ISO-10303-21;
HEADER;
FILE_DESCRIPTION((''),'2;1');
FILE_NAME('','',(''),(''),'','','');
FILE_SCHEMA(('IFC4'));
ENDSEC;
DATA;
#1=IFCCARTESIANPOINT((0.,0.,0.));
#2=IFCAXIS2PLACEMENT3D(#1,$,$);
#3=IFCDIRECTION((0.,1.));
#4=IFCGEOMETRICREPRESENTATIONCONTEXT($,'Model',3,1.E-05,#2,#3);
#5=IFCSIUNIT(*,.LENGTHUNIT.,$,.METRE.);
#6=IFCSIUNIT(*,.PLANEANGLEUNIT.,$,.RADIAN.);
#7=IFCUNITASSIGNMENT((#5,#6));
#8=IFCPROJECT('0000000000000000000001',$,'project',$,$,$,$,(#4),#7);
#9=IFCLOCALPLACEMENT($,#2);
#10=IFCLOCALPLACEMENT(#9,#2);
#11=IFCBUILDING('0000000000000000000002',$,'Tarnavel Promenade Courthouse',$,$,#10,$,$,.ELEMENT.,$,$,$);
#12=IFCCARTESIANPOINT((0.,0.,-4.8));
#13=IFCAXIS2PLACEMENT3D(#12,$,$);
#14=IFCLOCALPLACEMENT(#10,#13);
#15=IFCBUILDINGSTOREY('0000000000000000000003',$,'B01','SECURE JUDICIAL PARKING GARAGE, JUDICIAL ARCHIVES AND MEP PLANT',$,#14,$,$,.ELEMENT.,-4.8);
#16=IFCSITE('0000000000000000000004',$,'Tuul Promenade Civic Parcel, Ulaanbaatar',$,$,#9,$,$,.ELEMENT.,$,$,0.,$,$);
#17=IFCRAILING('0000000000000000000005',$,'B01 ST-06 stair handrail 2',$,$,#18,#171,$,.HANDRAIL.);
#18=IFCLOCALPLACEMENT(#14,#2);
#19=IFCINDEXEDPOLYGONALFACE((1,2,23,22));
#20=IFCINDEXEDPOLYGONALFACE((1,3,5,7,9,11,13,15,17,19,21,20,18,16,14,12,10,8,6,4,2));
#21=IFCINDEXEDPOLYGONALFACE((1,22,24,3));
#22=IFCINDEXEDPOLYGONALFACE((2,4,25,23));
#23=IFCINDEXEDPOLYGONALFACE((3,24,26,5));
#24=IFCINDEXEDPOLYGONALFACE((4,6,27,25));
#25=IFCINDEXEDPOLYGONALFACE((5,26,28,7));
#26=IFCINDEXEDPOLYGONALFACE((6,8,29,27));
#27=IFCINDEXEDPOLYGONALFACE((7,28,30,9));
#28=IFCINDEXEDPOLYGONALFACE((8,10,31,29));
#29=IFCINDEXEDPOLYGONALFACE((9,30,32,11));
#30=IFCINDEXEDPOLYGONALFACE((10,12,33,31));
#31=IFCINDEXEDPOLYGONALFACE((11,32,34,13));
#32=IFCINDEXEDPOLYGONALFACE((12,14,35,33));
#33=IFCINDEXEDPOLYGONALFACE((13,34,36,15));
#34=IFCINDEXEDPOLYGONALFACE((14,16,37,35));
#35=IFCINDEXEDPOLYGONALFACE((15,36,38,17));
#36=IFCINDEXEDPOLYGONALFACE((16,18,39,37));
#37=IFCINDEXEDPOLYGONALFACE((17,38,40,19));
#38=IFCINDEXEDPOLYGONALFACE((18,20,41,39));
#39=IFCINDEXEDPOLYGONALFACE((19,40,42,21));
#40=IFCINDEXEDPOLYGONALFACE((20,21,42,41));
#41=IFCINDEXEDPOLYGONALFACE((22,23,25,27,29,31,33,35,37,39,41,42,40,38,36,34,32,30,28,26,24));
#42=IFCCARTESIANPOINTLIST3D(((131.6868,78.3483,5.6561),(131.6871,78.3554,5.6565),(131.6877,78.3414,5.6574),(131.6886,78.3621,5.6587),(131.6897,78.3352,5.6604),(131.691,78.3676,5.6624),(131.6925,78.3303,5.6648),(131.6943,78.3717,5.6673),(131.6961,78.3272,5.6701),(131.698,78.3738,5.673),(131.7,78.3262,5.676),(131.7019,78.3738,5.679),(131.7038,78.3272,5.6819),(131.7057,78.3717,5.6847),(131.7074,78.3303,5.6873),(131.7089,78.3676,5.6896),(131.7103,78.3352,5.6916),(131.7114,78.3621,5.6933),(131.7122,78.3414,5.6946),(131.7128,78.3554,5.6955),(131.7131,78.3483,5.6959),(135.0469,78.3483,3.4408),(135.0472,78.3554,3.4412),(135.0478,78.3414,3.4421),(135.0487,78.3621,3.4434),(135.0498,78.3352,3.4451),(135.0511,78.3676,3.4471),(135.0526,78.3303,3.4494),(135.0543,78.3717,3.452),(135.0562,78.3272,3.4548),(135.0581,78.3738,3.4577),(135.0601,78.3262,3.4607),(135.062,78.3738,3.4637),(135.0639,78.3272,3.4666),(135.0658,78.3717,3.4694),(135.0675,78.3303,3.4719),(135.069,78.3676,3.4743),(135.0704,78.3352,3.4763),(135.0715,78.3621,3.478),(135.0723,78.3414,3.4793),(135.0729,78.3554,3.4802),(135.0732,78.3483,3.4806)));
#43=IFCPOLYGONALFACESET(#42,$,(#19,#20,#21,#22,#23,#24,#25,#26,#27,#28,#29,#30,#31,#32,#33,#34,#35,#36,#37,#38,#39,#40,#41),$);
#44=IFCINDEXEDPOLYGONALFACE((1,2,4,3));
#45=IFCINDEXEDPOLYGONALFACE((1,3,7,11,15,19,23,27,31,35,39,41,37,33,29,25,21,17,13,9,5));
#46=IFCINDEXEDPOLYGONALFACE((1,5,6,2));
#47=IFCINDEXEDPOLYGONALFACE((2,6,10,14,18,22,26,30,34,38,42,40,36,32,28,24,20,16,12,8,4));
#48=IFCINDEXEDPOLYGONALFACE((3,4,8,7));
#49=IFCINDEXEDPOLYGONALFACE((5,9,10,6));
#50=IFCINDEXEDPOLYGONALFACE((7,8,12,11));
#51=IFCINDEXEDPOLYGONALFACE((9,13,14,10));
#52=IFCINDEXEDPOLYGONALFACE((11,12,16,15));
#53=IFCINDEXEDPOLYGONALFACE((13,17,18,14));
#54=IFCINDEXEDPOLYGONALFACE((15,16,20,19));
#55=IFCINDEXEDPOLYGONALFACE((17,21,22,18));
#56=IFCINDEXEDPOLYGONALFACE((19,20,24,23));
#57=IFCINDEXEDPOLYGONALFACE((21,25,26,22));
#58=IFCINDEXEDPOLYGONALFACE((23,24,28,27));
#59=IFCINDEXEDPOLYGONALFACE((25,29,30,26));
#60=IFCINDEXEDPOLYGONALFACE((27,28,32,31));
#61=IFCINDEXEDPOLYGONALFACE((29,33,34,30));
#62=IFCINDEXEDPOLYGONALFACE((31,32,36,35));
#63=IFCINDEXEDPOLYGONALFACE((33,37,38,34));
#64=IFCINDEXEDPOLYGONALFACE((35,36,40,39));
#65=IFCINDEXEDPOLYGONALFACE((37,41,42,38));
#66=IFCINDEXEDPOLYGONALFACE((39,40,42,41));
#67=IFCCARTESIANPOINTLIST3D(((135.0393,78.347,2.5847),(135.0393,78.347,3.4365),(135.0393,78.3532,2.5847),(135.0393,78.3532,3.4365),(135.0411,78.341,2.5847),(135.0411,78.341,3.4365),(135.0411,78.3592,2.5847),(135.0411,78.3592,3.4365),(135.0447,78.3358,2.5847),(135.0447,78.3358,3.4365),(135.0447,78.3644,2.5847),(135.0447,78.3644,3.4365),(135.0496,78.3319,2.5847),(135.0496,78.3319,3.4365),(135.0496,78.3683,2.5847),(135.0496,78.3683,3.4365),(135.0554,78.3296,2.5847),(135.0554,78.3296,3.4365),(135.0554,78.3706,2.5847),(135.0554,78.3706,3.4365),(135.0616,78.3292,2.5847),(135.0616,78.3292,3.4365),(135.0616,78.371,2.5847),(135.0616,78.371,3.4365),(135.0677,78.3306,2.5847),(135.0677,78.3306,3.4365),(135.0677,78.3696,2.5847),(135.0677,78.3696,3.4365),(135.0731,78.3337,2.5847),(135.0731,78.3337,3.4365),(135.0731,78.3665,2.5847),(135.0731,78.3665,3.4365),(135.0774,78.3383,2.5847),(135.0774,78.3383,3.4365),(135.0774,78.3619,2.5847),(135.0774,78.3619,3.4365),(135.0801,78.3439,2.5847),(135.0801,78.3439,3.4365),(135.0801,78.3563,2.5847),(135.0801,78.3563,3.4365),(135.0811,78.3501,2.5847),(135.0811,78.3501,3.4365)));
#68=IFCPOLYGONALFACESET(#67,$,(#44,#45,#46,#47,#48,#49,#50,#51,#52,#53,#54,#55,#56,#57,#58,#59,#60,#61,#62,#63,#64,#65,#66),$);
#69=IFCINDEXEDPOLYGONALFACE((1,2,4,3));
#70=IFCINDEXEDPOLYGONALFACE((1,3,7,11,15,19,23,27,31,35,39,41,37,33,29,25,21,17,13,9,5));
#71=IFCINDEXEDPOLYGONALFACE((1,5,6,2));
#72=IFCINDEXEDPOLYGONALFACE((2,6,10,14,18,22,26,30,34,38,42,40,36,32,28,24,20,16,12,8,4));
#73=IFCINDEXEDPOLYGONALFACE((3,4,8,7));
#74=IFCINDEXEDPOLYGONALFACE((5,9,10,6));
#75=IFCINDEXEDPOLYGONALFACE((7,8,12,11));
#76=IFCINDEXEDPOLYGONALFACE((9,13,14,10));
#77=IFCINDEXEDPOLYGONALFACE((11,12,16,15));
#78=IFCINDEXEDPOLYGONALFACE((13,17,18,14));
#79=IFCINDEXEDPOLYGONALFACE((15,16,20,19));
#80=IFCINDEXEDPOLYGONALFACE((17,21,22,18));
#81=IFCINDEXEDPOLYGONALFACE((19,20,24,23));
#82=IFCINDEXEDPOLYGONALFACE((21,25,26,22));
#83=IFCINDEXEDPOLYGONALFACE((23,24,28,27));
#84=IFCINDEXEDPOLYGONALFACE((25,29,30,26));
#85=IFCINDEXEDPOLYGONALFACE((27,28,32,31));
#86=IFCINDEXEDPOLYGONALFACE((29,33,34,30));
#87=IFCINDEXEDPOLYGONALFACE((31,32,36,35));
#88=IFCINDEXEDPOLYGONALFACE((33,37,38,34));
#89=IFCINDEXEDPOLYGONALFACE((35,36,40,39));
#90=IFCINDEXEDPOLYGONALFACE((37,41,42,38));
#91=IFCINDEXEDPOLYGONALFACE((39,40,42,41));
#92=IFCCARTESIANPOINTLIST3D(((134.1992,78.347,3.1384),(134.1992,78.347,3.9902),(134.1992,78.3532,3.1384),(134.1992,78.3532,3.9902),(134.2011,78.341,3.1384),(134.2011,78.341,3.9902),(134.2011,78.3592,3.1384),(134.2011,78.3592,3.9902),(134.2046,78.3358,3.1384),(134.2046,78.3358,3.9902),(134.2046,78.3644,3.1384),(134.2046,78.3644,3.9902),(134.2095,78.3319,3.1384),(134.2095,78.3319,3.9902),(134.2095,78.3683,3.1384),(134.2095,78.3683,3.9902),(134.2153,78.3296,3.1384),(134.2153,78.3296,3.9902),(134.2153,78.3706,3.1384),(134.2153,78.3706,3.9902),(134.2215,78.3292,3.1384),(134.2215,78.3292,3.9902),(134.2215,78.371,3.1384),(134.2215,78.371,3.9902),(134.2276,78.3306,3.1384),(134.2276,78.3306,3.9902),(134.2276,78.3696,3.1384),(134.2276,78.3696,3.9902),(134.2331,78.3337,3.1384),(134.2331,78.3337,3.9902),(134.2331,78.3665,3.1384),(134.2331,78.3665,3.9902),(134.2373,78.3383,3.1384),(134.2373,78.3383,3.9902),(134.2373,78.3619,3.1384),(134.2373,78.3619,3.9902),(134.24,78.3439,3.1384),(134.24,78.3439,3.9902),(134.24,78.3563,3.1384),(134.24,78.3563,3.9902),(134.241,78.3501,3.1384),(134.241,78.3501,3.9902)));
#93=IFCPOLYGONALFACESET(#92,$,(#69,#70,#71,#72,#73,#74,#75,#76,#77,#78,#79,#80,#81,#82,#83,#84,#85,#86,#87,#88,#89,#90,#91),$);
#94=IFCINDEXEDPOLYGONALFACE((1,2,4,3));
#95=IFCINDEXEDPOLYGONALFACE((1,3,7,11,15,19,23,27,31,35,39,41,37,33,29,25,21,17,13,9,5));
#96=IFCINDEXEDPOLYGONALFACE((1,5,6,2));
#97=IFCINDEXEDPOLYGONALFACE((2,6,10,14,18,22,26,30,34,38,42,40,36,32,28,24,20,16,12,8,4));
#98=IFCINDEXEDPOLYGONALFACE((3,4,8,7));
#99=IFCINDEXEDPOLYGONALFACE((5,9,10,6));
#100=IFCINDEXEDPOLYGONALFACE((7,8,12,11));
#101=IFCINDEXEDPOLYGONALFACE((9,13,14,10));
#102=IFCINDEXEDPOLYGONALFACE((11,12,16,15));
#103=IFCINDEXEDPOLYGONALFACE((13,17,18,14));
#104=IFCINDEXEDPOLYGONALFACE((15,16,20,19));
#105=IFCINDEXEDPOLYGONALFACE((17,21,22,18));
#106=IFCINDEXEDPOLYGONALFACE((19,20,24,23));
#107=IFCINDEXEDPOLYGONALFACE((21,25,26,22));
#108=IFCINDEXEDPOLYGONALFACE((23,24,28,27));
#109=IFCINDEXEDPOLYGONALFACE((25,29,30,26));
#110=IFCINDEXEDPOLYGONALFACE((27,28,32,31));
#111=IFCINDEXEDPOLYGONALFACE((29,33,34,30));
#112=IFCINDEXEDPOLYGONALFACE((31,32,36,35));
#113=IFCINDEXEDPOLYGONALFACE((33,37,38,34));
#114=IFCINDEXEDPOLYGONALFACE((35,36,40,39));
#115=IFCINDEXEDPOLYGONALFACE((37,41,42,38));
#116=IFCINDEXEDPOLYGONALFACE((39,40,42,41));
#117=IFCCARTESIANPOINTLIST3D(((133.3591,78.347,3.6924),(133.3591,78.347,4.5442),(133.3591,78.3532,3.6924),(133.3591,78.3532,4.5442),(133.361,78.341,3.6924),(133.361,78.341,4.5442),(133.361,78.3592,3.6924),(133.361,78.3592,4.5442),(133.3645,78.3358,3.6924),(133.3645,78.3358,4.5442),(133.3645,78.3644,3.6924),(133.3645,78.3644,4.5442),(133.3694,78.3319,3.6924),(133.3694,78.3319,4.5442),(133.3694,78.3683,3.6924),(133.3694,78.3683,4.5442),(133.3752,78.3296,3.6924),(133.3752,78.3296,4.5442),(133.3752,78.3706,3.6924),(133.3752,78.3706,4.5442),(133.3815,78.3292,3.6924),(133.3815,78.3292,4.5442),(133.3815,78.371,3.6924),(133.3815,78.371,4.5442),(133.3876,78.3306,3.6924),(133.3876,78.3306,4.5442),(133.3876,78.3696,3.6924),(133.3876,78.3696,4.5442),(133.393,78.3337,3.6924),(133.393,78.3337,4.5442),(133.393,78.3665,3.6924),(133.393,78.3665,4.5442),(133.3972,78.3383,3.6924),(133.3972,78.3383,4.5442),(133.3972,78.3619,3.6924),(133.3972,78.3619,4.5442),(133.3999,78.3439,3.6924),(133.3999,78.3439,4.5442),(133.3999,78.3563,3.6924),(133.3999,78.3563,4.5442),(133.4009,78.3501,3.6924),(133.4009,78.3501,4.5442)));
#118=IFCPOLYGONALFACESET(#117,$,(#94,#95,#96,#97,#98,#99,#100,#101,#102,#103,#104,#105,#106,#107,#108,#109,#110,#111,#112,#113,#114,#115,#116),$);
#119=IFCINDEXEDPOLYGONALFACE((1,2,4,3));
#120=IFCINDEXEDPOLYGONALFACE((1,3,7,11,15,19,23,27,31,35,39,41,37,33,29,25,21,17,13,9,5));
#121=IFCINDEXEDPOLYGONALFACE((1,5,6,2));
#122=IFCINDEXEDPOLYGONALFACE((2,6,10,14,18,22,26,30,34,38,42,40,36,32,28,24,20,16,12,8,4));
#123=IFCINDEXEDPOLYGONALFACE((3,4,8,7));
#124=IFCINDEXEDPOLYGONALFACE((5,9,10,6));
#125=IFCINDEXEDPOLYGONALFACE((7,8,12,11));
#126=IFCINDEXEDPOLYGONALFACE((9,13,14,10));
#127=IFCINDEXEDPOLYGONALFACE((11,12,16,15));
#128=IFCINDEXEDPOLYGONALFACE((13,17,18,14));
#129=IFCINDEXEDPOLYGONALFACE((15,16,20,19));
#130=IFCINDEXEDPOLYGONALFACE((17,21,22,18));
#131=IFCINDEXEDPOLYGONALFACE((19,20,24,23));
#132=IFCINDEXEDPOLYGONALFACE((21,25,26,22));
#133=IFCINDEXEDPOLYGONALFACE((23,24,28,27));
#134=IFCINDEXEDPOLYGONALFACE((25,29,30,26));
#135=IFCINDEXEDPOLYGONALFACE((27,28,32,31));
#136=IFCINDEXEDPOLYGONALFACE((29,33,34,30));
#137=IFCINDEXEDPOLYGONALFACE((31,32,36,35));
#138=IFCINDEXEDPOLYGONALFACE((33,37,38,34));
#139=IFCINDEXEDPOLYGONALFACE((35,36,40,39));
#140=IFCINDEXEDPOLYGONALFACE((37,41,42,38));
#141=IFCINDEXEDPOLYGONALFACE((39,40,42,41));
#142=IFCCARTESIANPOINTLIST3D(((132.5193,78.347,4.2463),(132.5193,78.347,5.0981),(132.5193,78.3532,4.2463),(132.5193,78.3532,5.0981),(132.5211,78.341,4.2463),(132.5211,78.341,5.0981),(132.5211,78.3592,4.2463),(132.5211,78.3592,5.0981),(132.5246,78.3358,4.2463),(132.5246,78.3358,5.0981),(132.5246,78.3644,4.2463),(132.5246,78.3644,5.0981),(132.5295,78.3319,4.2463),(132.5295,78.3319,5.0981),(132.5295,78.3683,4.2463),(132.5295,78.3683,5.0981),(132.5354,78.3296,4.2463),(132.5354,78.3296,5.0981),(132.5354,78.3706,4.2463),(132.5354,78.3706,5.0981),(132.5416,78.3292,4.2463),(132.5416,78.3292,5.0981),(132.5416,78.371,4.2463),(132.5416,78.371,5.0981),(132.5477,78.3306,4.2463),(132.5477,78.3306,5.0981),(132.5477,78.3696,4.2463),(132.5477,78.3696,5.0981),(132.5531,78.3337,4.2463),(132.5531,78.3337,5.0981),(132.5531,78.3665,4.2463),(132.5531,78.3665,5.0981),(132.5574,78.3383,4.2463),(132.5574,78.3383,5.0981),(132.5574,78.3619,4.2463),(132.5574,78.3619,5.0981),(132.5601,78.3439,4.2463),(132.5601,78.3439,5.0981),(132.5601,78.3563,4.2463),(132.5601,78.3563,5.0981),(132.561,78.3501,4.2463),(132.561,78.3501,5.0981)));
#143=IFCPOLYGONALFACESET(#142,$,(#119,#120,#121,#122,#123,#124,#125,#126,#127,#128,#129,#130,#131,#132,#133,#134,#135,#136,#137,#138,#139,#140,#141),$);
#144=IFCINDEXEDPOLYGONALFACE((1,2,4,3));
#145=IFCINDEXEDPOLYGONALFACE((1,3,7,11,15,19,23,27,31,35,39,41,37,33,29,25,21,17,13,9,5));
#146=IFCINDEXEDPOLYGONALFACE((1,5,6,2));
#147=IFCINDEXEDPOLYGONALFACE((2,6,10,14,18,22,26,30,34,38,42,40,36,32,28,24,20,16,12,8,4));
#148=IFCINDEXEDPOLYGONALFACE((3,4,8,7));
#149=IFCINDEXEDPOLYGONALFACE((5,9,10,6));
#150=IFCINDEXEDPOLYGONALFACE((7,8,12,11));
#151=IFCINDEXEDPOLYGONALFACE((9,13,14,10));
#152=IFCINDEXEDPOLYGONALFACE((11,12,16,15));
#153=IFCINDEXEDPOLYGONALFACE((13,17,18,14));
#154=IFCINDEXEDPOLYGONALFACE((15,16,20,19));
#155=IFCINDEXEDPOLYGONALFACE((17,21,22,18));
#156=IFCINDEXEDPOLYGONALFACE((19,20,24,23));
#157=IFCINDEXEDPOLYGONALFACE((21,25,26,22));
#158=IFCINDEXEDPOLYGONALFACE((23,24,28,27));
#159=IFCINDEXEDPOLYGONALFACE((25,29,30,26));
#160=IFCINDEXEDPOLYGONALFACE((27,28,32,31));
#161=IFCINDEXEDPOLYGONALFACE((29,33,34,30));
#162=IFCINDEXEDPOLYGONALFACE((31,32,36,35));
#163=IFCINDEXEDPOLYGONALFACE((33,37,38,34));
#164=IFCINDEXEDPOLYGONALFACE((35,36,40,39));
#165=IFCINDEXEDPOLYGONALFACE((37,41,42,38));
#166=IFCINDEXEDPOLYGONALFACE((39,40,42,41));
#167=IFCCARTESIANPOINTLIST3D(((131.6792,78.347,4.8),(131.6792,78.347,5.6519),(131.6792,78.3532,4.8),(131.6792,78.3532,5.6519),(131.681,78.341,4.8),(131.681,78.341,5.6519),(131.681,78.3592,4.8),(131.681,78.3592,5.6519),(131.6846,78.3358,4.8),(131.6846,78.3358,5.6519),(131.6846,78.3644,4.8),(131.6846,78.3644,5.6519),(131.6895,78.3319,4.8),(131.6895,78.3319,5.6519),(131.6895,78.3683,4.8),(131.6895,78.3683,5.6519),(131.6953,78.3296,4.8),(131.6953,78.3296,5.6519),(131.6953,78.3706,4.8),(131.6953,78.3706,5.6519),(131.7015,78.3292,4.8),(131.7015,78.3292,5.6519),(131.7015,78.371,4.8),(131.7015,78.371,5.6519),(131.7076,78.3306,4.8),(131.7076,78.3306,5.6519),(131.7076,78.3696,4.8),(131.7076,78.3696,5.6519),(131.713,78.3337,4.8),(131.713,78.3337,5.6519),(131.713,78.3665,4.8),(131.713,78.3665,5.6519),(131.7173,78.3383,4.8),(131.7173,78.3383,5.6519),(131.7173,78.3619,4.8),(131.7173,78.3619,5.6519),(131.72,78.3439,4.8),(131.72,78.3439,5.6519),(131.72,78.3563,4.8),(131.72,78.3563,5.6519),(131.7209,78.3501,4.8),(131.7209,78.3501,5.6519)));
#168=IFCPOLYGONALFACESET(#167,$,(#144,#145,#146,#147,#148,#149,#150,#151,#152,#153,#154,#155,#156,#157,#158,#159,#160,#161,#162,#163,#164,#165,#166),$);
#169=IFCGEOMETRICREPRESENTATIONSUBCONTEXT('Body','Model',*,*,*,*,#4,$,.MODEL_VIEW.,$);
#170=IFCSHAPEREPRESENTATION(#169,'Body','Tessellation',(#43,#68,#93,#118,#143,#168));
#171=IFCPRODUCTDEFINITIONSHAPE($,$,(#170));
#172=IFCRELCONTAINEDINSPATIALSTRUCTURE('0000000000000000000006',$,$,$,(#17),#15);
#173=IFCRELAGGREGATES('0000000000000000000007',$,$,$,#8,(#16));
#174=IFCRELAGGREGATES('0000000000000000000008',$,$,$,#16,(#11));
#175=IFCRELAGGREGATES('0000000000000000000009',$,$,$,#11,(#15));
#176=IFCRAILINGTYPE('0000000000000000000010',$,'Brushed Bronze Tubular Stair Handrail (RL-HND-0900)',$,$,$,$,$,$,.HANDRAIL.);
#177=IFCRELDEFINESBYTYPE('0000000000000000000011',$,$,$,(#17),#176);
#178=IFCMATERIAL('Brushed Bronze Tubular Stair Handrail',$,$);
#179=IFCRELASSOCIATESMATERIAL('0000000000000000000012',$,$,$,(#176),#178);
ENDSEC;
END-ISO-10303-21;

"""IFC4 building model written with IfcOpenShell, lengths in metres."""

from ifc_helpers import new_model, si_unit, direction, frame, origin, origin_2d, place, context, subcontext, project, spatial, circle, extrude, material, type_object, element, save


model = new_model("IFC4")

# Units and contexts
model_context = context("Model", 3, precision=1e-05, world=origin(), true_north=direction((0.0, 1.0)))
body_context = subcontext(model_context, "Body", "Model", "MODEL_VIEW")
ifc_project = project(units=[si_unit("LENGTHUNIT", "METRE"), si_unit("PLANEANGLEUNIT", "RADIAN")], contexts=[model_context])

# Site, building, storey
site_placement = place(None, origin())
site = spatial("IfcSite", under=ifc_project, at=site_placement, Name="Tuul Promenade Civic Parcel, Ulaanbaatar", CompositionType="ELEMENT", RefElevation=0.0)
building_placement = place(site_placement, origin())
building = spatial("IfcBuilding", under=site, at=building_placement, Name="Tarnavel Promenade Courthouse", CompositionType="ELEMENT")
storey_placement = place(building_placement, frame((0.0, 0.0, -4.8)))
storey = spatial("IfcBuildingStorey", under=building, at=storey_placement, Name="B01", Description="SECURE JUDICIAL PARKING GARAGE, JUDICIAL ARCHIVES AND MEP PLANT", CompositionType="ELEMENT", Elevation=-4.8)

# Railing
ifc_material_1 = material(Name="Brushed Bronze Tubular Stair Handrail")
railing_type_1 = type_object("IfcRailingType", Name="Brushed Bronze Tubular Stair Handrail (RL-HND-0900)", PredefinedType="HANDRAIL", material=ifc_material_1)
railing_1_placement = place(storey_placement, frame((135.0601, 78.3501, 2.5847)))
element("IfcRailing", 1, at=railing_1_placement, inside=storey, type_object=railing_type_1, Name="B01 ST-06 stair handrail 2", PredefinedType="HANDRAIL", context=body_context, shape_type="SweptSolid", body=[
    extrude(circle(Radius=0.0239, at=origin_2d()), frame((0.0, 0.0, 0.876), z_axis=(-0.834876, 0.0, 0.550437), x_axis=(0.0, -1.0, 0.0)), (0.0, 0.0, 1.0), 4.0247),
    extrude(circle(Radius=0.021, at=origin_2d()), origin(), (0.0, 0.0, 1.0), 0.8518),
    extrude(circle(Radius=0.021, at=origin_2d()), frame((-0.8401, 0.0, 0.5537)), (0.0, 0.0, 1.0), 0.8518),
    extrude(circle(Radius=0.021, at=origin_2d()), frame((-1.6802, 0.0, 1.1077)), (0.0, 0.0, 1.0), 0.8518),
    extrude(circle(Radius=0.021, at=origin_2d()), frame((-2.52, 0.0, 1.6616)), (0.0, 0.0, 1.0), 0.8518),
    extrude(circle(Radius=0.021, at=origin_2d()), frame((-3.3601, 0.0, 2.2153)), (0.0, 0.0, 1.0), 0.8518),
])

save(model, "model.ifc")
